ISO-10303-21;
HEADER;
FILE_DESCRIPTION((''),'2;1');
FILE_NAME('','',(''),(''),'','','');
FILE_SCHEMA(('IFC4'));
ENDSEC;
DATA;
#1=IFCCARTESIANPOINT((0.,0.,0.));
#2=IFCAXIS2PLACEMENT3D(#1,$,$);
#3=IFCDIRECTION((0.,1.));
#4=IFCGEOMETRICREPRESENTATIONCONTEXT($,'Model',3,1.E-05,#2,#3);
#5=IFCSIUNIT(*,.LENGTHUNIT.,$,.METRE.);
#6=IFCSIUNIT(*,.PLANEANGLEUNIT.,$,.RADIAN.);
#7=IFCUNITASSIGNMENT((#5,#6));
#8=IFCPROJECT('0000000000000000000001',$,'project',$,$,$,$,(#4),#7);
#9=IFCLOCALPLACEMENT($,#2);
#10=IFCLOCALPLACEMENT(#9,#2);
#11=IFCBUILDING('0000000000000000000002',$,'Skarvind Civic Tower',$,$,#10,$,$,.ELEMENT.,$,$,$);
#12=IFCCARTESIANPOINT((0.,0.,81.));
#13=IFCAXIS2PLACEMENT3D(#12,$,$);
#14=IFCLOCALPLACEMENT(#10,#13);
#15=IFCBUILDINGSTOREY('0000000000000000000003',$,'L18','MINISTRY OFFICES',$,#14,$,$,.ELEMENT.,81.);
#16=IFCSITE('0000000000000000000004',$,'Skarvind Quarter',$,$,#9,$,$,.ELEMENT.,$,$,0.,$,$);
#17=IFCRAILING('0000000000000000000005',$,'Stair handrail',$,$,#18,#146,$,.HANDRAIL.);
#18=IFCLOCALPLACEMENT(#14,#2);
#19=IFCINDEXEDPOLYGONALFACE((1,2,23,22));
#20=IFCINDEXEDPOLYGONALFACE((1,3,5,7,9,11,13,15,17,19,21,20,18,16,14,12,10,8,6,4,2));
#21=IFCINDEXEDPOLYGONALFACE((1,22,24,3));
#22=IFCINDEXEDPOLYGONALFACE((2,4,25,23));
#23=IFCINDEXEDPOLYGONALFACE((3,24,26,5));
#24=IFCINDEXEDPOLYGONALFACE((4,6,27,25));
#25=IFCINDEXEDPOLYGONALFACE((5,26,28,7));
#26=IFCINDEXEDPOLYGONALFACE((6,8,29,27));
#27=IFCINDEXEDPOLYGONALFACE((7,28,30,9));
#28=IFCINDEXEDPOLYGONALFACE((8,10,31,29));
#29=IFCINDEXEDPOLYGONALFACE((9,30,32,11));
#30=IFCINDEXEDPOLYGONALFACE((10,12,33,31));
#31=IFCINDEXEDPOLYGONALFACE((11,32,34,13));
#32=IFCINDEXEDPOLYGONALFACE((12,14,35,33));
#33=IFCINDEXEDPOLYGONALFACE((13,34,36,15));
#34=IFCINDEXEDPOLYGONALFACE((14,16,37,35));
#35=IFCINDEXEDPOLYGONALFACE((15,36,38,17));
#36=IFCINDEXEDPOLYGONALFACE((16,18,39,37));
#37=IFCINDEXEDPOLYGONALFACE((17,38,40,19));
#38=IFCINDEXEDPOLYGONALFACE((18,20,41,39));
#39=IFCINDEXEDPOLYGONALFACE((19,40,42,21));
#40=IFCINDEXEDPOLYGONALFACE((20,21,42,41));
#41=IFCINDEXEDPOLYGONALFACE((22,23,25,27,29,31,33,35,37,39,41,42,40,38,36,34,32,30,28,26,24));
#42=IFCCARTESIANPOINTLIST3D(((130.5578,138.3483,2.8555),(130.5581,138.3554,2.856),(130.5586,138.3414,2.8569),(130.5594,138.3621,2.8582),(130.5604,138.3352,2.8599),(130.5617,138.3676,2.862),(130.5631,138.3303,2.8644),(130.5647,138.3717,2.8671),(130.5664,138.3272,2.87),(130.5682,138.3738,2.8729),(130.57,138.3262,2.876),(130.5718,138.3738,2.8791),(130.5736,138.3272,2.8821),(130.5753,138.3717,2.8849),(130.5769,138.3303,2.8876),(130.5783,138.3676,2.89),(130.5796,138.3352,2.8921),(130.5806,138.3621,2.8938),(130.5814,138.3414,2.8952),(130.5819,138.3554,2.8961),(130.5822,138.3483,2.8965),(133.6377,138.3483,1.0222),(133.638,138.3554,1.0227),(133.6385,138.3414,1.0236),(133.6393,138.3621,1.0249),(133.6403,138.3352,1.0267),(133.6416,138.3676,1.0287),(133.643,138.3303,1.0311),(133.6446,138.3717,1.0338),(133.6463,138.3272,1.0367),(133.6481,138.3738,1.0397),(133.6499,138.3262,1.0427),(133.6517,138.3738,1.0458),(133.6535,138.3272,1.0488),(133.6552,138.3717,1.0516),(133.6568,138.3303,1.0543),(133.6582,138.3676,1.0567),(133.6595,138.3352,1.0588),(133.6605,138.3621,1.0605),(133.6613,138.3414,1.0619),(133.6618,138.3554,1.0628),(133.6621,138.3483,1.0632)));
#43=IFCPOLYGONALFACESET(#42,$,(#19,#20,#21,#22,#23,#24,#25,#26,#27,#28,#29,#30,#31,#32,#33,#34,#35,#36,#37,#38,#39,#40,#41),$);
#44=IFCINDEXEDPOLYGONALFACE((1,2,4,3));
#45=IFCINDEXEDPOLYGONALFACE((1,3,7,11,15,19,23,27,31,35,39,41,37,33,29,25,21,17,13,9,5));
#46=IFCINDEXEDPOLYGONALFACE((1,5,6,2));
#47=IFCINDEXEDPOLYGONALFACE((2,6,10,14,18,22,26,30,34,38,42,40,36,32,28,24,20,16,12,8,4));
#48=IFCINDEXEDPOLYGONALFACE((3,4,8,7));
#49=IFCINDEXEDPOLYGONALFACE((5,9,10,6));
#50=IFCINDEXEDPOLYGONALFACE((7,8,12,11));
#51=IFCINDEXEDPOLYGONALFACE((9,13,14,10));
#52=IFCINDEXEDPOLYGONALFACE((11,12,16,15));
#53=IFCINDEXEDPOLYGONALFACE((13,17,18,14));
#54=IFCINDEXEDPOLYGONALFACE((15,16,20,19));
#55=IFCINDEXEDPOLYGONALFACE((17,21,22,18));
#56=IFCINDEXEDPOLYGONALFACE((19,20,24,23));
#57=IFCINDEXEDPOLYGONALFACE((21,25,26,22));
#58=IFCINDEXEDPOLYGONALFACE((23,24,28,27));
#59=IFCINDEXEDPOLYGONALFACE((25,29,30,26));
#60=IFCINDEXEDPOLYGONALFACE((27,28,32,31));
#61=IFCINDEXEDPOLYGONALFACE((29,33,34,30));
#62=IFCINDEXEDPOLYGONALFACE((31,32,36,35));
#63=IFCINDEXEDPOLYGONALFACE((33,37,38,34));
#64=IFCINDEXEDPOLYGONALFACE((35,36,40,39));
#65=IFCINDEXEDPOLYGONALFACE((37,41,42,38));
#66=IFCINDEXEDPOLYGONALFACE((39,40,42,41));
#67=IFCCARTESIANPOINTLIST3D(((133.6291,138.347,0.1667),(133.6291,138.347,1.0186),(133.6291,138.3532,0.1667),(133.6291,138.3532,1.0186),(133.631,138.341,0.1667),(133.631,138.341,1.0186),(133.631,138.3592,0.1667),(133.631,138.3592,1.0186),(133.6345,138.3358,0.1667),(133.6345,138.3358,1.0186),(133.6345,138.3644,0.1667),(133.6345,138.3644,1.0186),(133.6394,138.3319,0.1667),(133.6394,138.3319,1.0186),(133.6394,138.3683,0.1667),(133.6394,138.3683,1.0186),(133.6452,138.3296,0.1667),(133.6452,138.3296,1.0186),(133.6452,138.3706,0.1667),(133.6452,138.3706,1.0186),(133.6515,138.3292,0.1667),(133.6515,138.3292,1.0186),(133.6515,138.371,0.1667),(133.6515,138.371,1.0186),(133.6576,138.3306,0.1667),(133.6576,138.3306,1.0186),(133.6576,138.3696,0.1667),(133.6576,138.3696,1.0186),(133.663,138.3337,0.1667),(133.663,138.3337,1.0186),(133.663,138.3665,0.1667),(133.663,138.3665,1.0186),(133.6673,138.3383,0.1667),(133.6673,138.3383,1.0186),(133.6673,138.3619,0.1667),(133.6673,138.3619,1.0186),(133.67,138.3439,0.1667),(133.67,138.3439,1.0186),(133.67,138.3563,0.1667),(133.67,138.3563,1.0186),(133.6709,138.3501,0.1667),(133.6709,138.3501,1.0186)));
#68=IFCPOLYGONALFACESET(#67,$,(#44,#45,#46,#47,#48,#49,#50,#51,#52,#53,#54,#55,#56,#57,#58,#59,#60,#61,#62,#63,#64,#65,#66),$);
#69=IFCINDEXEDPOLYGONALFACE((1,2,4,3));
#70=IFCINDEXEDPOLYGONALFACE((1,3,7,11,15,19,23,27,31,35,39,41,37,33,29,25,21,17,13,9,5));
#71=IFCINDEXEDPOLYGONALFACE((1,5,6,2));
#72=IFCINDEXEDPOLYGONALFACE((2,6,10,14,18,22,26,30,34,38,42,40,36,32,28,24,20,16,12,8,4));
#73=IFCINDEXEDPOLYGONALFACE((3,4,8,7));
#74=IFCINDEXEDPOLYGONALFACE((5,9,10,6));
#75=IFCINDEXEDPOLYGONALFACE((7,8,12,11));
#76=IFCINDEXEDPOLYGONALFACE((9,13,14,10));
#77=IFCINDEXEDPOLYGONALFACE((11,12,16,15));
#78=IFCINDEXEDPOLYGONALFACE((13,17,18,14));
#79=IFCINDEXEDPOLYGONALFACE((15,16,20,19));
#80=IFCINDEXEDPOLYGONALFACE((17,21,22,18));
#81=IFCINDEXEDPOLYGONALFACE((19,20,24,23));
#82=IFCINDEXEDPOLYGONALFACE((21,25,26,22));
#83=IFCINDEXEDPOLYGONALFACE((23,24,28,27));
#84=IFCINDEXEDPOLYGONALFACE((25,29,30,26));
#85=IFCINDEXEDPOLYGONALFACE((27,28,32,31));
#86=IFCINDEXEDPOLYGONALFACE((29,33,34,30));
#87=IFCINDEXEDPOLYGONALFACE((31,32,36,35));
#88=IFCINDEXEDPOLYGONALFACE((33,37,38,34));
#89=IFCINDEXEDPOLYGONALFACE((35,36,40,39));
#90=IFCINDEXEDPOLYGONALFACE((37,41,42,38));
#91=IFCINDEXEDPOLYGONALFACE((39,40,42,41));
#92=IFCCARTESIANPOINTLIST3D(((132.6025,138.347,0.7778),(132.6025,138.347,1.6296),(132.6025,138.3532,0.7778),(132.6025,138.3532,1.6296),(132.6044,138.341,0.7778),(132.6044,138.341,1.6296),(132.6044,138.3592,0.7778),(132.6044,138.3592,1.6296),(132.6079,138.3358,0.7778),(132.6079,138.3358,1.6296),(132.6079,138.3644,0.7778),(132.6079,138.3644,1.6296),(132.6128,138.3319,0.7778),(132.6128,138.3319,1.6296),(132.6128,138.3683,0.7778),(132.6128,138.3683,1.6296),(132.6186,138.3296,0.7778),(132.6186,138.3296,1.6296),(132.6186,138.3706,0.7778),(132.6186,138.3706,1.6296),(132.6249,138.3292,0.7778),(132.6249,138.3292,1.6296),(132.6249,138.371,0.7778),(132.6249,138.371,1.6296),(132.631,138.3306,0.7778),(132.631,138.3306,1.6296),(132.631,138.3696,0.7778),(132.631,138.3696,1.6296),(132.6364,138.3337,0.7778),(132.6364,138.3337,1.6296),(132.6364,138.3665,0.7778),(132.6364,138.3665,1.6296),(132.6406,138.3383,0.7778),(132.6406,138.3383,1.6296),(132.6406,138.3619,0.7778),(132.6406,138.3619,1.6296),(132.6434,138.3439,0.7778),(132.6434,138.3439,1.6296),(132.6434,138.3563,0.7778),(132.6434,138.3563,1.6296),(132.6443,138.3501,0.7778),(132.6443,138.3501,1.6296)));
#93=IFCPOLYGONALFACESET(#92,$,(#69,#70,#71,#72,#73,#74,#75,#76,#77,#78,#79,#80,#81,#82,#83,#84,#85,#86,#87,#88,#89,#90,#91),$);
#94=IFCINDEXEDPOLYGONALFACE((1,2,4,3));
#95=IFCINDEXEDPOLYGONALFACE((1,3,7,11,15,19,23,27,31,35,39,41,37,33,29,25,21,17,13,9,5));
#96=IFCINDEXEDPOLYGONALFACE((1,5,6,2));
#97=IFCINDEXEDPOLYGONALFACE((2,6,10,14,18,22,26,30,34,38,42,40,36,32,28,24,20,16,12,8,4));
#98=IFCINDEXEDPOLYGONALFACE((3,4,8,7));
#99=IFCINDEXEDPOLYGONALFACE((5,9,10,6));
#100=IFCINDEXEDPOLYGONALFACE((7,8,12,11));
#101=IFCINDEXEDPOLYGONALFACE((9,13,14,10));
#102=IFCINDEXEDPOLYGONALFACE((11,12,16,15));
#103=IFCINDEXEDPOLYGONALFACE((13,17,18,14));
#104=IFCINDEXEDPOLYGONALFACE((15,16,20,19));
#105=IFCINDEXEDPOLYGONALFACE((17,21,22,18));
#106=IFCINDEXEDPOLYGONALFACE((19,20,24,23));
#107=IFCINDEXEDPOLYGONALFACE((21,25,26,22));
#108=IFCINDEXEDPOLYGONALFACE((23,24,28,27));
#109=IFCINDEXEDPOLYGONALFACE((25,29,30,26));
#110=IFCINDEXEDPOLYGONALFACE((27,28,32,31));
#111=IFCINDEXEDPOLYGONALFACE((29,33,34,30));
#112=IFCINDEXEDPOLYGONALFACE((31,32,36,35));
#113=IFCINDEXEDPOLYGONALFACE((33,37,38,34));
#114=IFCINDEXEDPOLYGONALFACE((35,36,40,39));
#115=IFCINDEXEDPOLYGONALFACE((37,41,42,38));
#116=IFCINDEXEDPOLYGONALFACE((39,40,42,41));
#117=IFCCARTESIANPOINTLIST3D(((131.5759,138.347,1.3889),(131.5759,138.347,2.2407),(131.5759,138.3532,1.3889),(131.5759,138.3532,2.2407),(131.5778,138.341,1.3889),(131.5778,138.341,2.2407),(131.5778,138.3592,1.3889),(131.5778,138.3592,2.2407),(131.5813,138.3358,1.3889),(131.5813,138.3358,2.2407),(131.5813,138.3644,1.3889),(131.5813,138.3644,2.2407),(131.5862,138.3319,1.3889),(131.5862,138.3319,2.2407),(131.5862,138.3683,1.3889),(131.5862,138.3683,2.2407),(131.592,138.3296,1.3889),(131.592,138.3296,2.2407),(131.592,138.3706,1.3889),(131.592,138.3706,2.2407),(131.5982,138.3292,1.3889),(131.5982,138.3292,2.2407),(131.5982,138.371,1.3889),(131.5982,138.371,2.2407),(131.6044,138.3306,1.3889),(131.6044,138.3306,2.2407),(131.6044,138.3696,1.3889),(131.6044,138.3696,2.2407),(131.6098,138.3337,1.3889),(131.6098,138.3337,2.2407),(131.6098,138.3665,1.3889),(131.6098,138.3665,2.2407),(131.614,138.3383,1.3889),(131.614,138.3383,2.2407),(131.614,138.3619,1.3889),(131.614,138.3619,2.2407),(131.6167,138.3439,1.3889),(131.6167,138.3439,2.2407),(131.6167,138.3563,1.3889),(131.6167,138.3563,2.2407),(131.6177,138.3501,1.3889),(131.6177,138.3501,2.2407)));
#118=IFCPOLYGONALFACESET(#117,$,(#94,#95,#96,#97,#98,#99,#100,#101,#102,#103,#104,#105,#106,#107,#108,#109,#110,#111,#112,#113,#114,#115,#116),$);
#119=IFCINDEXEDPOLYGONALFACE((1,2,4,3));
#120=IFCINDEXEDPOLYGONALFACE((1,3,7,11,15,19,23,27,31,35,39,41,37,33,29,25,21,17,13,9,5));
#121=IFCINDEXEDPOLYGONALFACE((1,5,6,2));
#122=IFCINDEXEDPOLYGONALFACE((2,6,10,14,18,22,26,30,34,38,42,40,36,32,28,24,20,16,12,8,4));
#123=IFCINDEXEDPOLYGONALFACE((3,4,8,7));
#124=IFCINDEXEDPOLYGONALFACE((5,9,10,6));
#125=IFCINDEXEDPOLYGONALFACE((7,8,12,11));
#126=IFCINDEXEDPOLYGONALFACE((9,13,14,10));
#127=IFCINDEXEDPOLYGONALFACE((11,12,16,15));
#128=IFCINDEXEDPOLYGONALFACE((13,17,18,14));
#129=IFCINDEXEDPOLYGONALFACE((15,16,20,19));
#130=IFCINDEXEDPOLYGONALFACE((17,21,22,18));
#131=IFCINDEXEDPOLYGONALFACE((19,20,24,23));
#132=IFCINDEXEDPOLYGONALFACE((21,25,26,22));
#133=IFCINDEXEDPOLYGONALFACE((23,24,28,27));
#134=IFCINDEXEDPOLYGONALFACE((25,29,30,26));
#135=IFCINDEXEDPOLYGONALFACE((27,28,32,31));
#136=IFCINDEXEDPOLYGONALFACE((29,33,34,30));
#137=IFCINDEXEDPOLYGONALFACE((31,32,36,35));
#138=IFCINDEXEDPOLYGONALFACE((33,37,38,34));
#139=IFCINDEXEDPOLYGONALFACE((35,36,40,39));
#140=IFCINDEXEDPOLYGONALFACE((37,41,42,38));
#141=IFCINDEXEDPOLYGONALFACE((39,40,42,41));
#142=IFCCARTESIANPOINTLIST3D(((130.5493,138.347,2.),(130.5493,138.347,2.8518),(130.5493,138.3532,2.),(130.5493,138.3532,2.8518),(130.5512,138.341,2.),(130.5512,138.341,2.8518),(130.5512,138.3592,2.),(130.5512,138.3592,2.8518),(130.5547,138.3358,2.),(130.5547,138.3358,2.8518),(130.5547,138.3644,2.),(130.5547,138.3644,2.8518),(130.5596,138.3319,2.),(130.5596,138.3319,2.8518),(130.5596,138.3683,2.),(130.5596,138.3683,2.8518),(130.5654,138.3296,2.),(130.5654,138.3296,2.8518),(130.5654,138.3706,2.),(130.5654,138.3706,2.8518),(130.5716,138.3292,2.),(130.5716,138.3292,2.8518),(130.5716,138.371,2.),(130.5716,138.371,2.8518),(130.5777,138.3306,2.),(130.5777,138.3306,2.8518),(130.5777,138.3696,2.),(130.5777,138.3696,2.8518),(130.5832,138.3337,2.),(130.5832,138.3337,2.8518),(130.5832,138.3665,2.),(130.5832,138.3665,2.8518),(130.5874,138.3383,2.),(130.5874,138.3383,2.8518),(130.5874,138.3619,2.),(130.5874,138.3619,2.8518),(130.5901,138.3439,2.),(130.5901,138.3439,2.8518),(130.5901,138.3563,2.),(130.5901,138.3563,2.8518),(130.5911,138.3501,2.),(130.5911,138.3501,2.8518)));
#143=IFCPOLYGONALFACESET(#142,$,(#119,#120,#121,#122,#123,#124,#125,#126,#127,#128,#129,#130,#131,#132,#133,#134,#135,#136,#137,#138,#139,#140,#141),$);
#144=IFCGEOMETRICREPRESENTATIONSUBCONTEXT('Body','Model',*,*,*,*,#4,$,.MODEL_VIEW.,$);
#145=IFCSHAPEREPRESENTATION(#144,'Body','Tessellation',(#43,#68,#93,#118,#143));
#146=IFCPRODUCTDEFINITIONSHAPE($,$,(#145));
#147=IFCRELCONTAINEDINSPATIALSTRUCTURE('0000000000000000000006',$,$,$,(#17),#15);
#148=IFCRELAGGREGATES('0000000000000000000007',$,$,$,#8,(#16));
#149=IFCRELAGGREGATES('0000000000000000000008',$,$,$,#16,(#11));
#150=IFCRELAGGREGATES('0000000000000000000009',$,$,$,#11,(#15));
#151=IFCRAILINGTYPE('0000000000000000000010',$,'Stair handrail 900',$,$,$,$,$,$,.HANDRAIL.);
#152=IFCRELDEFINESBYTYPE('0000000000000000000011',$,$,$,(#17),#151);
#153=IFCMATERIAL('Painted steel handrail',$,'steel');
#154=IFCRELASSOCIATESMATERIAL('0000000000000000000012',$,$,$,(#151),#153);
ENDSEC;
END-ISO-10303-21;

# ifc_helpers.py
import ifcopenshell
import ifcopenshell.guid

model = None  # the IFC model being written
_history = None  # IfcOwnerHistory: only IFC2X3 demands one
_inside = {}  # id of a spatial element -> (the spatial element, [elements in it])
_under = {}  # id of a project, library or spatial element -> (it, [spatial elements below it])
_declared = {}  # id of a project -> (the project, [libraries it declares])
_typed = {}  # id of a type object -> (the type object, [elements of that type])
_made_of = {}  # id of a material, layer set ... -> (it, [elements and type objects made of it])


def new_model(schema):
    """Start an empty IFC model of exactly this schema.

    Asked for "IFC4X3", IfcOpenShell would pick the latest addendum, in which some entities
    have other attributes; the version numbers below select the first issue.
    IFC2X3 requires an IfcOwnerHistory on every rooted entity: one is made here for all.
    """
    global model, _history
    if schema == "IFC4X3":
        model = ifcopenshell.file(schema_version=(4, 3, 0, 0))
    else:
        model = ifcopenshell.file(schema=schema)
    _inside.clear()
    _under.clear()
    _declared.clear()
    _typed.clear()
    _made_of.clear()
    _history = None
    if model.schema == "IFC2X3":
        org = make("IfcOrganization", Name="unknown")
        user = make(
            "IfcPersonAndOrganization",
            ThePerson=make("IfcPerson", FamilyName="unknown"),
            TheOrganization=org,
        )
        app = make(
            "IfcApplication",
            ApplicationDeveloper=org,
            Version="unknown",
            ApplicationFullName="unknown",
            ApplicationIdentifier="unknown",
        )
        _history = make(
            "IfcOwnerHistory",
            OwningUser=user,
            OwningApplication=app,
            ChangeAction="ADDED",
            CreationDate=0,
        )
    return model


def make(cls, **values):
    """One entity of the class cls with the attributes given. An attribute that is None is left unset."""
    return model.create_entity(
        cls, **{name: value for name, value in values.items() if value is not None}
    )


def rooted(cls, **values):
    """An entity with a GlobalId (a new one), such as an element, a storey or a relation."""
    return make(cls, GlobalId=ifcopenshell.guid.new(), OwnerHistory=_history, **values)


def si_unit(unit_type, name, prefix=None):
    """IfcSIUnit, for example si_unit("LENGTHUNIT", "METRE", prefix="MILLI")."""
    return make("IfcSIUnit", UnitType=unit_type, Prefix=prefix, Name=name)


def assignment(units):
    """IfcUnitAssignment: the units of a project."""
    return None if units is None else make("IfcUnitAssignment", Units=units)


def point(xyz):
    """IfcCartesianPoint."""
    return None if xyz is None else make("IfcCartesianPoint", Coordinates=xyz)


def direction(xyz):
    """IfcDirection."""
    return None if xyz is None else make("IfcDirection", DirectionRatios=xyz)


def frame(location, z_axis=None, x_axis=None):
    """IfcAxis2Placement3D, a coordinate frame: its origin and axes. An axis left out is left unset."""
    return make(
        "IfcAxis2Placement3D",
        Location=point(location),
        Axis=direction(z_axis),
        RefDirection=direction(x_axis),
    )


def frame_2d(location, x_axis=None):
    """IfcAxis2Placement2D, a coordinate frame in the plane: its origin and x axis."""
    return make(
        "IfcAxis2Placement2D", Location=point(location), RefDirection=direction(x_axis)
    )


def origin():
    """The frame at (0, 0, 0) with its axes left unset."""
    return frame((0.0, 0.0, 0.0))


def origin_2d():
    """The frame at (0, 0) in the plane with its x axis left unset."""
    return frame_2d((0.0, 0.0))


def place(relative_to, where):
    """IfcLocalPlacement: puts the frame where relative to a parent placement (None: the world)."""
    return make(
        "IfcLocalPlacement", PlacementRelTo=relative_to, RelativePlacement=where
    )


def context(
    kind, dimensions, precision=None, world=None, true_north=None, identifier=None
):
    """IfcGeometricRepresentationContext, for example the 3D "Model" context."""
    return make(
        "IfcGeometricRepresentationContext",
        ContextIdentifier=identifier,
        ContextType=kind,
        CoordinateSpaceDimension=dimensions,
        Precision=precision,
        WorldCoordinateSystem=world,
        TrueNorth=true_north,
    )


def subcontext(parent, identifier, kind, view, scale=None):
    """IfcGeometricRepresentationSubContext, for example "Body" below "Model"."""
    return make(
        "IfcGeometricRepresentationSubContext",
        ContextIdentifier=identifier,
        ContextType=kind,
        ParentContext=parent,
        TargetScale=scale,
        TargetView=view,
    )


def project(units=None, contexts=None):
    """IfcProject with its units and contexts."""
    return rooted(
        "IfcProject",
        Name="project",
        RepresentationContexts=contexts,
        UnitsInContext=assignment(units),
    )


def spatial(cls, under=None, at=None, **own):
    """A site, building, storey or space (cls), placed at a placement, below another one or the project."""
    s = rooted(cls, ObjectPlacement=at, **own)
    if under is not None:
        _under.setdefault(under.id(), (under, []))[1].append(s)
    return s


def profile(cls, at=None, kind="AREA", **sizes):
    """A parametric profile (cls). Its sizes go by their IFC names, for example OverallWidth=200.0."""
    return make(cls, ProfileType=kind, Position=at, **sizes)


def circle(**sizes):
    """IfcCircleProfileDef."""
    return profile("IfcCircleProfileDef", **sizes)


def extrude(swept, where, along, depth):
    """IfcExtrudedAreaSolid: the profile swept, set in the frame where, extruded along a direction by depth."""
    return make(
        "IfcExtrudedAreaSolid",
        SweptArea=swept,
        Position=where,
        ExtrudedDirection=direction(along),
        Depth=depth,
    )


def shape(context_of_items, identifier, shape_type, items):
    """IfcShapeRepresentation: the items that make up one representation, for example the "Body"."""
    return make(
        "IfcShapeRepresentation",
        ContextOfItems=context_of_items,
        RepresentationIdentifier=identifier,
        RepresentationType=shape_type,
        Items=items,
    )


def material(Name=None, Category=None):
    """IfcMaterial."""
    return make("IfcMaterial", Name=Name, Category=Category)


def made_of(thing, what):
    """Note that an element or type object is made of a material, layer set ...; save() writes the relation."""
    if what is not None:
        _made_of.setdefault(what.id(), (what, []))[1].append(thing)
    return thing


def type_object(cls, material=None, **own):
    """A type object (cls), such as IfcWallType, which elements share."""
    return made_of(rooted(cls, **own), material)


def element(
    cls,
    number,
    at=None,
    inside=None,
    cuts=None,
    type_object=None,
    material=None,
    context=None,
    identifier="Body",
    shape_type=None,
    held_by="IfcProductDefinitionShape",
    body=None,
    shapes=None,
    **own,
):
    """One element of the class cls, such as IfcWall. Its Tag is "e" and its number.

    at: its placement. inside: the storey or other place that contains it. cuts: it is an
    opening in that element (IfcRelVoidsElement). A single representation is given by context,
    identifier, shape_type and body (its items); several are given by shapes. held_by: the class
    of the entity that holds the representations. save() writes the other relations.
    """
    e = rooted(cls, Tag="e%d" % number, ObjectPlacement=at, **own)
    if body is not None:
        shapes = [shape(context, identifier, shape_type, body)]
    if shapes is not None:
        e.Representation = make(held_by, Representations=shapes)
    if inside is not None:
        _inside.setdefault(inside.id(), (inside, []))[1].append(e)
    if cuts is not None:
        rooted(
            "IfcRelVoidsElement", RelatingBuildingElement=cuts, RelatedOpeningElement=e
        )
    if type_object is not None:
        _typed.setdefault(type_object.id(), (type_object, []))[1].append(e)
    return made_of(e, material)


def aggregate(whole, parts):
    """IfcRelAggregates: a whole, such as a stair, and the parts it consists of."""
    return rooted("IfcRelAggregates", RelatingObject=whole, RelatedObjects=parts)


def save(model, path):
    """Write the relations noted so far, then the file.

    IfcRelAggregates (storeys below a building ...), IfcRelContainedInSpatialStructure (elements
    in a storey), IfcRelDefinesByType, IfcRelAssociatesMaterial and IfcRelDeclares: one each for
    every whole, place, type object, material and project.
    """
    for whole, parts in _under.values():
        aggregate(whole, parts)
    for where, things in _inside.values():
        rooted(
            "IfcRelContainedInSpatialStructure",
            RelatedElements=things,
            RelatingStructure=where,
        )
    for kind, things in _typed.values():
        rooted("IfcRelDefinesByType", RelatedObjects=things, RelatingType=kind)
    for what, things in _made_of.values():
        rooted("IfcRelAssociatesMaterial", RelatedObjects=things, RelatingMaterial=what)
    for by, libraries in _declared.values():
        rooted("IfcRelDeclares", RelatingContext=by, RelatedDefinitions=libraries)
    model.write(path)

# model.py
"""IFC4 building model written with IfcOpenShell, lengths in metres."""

from ifc_helpers import new_model, si_unit, direction, frame, origin, origin_2d, place, context, subcontext, project, spatial, circle, extrude, material, type_object, element, save


model = new_model("IFC4")

# Units and contexts
model_context = context("Model", 3, precision=1e-05, world=origin(), true_north=direction((0.0, 1.0)))
body_context = subcontext(model_context, "Body", "Model", "MODEL_VIEW")
ifc_project = project(units=[si_unit("LENGTHUNIT", "METRE"), si_unit("PLANEANGLEUNIT", "RADIAN")], contexts=[model_context])

# Site, building, storey
site_placement = place(None, origin())
site = spatial("IfcSite", under=ifc_project, at=site_placement, Name="Skarvind Quarter", CompositionType="ELEMENT", RefElevation=0.0)
building_placement = place(site_placement, origin())
building = spatial("IfcBuilding", under=site, at=building_placement, Name="Skarvind Civic Tower", CompositionType="ELEMENT")
storey_placement = place(building_placement, frame((0.0, 0.0, 81.0)))
storey = spatial("IfcBuildingStorey", under=building, at=storey_placement, Name="L18", Description="MINISTRY OFFICES", CompositionType="ELEMENT", Elevation=81.0)

# Railing
ifc_material_1 = material(Name="Painted steel handrail", Category="steel")
railing_type = type_object("IfcRailingType", Name="Stair handrail 900", PredefinedType="HANDRAIL", material=ifc_material_1)
railing_placement = place(storey_placement, frame((133.6499, 138.3501, 0.1667)))
element("IfcRailing", 1, at=railing_placement, inside=storey, type_object=railing_type, Name="Stair handrail", PredefinedType="HANDRAIL", context=body_context, shape_type="SweptSolid", body=[
    extrude(circle(Radius=0.0239, at=origin_2d()), frame((0.0, 0.0, 0.876), z_axis=(-0.859291, 0.0, 0.511487), x_axis=(0.0, -1.0, 0.0)), (0.0, 0.0, 1.0), 3.5842),
    extrude(circle(Radius=0.021, at=origin_2d()), origin(), (0.0, 0.0, 1.0), 0.8518),
    extrude(circle(Radius=0.021, at=origin_2d()), frame((-1.0266, 0.0, 0.6111)), (0.0, 0.0, 1.0), 0.8518),
    extrude(circle(Radius=0.021, at=origin_2d()), frame((-2.0532, 0.0, 1.2222)), (0.0, 0.0, 1.0), 0.8518),
    extrude(circle(Radius=0.021, at=origin_2d()), frame((-3.0798, 0.0, 1.8333)), (0.0, 0.0, 1.0), 0.8518),
])

save(model, "model.ifc")
